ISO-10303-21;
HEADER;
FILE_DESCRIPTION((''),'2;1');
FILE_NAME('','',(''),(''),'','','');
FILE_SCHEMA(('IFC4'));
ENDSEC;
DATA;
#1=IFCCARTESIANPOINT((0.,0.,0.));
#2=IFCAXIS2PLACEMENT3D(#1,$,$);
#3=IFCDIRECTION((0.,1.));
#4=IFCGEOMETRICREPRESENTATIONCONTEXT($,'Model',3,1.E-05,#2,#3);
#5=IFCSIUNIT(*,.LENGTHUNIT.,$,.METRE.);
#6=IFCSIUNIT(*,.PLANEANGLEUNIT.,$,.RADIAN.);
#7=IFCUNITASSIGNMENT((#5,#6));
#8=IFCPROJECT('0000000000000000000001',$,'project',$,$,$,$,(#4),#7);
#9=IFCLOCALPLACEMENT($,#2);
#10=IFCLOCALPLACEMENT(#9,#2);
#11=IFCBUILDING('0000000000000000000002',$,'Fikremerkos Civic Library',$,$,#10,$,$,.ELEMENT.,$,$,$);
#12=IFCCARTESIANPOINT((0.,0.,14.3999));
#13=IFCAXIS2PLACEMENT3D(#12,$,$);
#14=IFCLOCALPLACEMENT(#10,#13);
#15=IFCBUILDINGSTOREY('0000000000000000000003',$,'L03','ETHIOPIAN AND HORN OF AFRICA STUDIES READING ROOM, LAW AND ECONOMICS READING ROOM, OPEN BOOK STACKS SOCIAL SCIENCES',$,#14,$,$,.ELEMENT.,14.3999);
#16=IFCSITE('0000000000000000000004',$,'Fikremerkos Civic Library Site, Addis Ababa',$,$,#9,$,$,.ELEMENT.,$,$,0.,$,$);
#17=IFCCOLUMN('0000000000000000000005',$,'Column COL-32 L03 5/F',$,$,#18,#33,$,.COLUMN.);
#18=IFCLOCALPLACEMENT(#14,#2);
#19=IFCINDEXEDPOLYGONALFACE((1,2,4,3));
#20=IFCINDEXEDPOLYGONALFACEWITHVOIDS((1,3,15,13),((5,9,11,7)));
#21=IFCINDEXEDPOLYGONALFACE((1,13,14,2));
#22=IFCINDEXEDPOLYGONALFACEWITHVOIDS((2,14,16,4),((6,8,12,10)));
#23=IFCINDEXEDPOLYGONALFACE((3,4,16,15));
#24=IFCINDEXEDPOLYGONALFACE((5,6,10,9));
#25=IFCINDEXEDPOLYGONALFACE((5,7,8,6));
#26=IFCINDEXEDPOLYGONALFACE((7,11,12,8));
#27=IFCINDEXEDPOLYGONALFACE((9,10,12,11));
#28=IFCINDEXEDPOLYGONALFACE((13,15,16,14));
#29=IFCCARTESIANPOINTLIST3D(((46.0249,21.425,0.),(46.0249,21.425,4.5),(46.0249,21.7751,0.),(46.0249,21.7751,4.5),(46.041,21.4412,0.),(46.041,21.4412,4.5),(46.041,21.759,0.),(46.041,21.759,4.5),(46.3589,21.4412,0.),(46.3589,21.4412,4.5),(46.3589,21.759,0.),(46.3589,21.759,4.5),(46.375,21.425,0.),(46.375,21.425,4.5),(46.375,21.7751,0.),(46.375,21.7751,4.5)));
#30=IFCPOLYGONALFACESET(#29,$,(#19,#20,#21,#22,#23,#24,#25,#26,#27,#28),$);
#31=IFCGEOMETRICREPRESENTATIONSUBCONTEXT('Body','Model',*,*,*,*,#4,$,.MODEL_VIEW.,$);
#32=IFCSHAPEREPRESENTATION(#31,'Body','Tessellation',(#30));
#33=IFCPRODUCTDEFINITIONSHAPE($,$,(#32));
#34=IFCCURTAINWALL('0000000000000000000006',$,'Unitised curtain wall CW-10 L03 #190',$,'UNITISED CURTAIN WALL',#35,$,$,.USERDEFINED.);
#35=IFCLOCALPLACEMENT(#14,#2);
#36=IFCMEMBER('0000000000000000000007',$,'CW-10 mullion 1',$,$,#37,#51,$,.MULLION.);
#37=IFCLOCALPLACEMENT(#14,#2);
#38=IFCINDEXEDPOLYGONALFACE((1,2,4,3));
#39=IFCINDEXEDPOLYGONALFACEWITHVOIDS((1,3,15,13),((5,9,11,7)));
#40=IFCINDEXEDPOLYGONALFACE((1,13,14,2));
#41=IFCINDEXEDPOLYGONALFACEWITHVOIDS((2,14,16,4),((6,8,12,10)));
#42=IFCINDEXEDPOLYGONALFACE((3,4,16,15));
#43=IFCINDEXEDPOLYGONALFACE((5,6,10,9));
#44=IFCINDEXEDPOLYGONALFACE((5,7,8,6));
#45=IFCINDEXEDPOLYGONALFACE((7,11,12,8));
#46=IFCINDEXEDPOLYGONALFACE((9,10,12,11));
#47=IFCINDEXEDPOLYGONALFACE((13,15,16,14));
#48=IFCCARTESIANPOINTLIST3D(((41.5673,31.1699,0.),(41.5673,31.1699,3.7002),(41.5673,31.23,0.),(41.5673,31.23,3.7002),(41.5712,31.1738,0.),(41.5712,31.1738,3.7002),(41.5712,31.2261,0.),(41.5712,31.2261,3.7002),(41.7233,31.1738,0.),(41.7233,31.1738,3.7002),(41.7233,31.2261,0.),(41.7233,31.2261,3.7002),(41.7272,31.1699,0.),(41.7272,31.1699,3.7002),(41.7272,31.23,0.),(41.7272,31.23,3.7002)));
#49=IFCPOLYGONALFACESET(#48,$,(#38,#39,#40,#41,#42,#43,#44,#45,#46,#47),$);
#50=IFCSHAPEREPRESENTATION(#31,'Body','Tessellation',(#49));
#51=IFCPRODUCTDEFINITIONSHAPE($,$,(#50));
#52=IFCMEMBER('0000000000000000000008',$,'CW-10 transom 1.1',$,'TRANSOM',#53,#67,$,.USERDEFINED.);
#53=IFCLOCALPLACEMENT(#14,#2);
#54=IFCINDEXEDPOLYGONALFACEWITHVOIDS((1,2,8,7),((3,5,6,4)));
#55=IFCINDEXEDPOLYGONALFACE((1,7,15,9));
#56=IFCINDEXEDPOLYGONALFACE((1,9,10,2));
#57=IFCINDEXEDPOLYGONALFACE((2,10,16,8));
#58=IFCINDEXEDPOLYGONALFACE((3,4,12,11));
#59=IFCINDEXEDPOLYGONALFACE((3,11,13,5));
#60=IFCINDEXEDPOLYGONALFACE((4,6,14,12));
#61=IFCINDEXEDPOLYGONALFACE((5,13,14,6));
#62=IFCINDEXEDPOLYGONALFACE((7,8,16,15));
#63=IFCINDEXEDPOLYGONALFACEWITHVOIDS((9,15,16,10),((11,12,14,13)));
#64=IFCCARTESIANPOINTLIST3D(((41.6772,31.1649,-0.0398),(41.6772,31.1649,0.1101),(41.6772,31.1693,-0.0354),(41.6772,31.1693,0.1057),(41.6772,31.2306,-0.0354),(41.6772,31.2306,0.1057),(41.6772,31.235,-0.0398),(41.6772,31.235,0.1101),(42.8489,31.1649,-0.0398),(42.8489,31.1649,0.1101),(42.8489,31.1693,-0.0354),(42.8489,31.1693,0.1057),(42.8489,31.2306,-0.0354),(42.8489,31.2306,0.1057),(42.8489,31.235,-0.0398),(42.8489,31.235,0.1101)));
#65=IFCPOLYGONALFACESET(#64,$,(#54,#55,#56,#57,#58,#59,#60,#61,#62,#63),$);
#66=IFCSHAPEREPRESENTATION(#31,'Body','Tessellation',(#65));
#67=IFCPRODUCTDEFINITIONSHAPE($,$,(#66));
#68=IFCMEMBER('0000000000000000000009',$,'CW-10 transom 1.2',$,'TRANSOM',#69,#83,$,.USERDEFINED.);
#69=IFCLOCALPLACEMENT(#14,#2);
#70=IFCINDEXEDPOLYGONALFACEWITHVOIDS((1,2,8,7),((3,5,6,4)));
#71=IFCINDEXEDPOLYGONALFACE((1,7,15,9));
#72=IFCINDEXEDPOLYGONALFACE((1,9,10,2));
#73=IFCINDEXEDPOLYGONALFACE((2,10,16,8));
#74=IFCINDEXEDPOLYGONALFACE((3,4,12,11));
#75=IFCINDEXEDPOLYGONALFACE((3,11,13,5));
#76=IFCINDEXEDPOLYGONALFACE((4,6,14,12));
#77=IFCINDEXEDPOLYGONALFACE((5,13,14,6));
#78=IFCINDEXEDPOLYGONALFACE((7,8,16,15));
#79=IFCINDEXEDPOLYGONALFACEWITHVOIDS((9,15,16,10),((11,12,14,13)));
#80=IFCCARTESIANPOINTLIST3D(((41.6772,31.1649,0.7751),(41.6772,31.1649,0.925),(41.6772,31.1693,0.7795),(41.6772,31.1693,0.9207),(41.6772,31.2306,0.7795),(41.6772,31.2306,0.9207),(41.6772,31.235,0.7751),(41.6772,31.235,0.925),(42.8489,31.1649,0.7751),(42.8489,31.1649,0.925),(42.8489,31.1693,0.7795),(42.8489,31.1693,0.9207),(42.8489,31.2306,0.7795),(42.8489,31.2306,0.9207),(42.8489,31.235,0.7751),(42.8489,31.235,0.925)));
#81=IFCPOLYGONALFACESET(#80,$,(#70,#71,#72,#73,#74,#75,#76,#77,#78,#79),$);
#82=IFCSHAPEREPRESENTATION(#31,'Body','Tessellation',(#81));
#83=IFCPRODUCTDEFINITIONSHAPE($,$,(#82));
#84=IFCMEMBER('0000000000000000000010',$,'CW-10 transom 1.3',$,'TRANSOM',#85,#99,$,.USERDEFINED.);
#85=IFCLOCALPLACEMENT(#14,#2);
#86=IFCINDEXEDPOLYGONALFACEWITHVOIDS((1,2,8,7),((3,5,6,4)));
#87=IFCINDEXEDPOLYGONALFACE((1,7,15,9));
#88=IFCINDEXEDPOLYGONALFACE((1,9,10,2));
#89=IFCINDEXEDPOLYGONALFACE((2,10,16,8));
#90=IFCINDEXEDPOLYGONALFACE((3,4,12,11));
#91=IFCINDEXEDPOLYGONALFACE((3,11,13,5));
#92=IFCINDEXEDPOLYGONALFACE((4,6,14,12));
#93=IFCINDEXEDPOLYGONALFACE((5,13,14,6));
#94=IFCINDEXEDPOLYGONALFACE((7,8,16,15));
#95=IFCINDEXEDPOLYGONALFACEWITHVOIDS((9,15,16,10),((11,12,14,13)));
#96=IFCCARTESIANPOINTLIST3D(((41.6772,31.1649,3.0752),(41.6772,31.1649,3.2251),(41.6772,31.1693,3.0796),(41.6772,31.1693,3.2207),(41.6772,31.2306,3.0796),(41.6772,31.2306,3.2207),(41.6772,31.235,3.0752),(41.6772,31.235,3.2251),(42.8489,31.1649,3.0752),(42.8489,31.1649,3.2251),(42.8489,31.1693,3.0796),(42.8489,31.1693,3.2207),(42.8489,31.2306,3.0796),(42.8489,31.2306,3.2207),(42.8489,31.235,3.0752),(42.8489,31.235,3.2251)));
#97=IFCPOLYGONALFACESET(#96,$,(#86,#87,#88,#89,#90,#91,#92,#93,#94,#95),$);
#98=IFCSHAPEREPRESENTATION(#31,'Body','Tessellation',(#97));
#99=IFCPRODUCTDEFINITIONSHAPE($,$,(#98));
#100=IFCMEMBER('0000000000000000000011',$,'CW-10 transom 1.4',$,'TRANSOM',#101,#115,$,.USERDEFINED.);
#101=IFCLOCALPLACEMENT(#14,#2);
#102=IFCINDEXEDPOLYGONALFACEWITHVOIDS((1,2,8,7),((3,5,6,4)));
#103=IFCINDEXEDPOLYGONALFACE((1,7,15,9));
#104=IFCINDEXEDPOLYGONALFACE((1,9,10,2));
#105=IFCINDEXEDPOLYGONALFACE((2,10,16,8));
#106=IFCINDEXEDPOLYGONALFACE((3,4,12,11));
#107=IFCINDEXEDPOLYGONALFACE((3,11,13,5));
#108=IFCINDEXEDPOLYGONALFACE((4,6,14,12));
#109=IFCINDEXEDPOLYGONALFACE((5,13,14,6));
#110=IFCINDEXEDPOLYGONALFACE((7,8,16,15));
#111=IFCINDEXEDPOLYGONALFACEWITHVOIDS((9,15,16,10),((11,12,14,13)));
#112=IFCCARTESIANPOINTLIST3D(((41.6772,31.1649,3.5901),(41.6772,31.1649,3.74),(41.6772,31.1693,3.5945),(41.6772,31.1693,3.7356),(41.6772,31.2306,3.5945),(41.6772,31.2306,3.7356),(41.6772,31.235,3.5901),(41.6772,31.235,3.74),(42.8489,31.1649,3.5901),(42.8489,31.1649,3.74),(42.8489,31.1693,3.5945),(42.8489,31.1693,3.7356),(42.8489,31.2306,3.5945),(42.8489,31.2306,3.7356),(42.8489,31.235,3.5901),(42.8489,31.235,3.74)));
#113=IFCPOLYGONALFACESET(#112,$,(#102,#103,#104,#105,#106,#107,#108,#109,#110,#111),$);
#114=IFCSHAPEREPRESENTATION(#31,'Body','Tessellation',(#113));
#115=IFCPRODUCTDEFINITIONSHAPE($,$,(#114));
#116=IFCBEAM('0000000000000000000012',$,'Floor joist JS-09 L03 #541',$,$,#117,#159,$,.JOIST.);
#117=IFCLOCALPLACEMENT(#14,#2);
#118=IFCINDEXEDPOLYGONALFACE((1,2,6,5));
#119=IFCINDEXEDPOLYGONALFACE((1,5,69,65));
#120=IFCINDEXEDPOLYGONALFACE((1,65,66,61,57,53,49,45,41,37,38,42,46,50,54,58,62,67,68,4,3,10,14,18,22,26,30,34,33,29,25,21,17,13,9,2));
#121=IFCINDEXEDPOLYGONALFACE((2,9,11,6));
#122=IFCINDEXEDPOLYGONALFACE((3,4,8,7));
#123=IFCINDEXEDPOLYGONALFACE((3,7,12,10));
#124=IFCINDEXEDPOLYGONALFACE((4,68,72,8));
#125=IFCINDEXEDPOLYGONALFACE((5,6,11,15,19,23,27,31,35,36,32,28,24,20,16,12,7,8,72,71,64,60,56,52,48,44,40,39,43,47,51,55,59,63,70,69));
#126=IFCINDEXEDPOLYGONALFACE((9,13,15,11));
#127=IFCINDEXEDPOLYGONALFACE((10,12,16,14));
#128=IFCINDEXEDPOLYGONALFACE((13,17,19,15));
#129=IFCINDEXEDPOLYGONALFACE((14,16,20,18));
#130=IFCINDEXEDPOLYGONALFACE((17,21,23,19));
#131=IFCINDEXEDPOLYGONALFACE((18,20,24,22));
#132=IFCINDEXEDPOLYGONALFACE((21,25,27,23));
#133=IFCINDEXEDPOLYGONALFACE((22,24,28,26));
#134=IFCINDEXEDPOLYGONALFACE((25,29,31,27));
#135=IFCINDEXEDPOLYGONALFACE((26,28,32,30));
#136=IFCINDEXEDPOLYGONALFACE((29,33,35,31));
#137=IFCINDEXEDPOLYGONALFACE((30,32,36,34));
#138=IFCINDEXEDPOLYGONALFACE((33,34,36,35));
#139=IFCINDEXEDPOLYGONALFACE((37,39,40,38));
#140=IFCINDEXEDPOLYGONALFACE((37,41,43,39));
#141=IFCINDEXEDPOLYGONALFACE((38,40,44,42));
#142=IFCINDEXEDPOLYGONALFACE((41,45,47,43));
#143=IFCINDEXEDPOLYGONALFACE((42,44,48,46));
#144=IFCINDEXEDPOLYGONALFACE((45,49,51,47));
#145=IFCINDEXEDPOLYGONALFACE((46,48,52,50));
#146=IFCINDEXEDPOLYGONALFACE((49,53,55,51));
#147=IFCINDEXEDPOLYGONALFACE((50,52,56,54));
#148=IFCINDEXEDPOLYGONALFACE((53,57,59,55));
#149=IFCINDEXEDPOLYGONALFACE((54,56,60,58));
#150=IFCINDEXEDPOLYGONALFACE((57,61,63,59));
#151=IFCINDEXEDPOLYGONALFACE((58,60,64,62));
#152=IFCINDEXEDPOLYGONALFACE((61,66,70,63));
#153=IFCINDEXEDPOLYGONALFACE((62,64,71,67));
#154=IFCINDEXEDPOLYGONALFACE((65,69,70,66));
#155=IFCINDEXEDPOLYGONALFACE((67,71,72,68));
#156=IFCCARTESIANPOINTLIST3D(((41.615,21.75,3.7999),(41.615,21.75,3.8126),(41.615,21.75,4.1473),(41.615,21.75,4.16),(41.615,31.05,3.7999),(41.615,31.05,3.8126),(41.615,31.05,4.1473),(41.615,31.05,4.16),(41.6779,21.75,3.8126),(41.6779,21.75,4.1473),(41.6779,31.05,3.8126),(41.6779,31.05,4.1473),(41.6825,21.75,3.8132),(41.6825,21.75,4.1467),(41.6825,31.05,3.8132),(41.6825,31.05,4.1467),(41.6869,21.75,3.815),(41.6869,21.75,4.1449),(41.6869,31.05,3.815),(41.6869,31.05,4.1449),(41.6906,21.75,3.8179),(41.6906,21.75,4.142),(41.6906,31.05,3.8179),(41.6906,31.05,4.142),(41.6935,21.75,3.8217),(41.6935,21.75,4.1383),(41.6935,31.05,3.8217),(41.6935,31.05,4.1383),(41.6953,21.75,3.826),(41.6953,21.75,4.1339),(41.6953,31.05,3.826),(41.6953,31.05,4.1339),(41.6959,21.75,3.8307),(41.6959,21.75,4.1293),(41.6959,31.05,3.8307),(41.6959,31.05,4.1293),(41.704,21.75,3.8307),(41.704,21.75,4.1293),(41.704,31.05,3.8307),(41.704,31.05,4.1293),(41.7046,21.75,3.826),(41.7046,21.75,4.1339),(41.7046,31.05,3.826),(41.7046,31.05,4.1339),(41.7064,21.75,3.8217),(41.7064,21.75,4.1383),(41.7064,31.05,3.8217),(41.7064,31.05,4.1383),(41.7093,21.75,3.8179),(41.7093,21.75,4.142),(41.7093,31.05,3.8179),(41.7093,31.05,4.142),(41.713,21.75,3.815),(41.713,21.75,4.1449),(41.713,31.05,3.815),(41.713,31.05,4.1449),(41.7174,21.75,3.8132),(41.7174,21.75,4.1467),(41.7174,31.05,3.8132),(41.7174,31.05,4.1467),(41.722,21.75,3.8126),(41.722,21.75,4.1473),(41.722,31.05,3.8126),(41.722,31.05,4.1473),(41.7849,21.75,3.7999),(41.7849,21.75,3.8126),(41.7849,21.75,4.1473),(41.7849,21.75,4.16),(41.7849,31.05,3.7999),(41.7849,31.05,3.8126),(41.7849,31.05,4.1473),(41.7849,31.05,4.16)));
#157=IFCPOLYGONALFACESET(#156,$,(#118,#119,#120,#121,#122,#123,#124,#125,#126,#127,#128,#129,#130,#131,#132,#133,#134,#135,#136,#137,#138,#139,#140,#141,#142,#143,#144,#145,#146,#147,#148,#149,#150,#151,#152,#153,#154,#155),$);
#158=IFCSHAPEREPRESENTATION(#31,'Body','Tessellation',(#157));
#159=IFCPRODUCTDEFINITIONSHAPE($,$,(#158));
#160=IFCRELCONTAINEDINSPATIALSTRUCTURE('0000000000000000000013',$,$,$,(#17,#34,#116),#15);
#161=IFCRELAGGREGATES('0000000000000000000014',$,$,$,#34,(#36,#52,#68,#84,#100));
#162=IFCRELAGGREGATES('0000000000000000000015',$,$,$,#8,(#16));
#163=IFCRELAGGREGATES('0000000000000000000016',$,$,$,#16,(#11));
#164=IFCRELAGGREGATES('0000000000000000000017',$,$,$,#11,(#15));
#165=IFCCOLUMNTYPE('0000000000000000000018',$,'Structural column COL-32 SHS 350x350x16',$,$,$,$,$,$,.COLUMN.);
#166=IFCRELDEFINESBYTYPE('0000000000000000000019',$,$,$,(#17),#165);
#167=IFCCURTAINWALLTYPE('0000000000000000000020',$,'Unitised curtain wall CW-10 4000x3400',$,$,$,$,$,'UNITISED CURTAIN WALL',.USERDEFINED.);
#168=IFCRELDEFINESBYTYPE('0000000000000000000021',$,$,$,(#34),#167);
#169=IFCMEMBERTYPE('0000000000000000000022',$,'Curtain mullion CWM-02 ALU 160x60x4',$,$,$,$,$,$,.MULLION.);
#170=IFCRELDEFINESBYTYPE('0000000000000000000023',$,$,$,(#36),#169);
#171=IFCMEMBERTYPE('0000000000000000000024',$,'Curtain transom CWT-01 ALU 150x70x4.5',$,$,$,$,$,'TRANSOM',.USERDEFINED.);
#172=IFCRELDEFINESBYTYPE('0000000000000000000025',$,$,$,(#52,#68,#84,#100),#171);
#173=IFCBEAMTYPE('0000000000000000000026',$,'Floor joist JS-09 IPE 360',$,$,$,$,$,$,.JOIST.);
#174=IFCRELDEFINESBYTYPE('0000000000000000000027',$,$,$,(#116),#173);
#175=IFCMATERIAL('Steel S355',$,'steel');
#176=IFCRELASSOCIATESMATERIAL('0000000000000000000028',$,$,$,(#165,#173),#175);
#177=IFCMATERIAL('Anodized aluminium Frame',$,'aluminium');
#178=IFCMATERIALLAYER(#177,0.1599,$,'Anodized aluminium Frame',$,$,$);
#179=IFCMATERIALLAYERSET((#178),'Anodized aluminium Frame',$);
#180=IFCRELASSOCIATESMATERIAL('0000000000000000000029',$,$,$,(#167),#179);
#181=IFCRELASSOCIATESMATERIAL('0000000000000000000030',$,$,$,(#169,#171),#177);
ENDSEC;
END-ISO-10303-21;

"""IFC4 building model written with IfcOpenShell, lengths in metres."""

from ifc_helpers import new_model, si_unit, direction, frame, origin, origin_2d, place, context, subcontext, project, spatial, hollow_rectangle, i_section, extrude, material, layer, layer_set, material_profile, profile_set, type_object, element, aggregate, save


model = new_model("IFC4")

# Units and contexts
model_context = context("Model", 3, precision=1e-05, world=origin(), true_north=direction((0.0, 1.0)))
body_context = subcontext(model_context, "Body", "Model", "MODEL_VIEW")
ifc_project = project(units=[si_unit("LENGTHUNIT", "METRE"), si_unit("PLANEANGLEUNIT", "RADIAN")], contexts=[model_context])

# Site, building, storey
site_placement = place(None, origin())
site = spatial("IfcSite", under=ifc_project, at=site_placement, Name="Fikremerkos Civic Library Site, Addis Ababa", CompositionType="ELEMENT", RefElevation=0.0)
building_placement = place(site_placement, origin())
building = spatial("IfcBuilding", under=site, at=building_placement, Name="Fikremerkos Civic Library", CompositionType="ELEMENT")
storey_placement = place(building_placement, frame((0.0, 0.0, 14.3999)))
storey = spatial("IfcBuildingStorey", under=building, at=storey_placement, Name="L03", Description="ETHIOPIAN AND HORN OF AFRICA STUDIES READING ROOM, LAW AND ECONOMICS READING ROOM, OPEN BOOK STACKS SOCIAL SCIENCES", CompositionType="ELEMENT", Elevation=14.3999)

# Column
ifc_material_1 = material(Name="Steel S355", Category="steel")
ifc_material_profile_1 = material_profile(ifc_material_1, hollow_rectangle(XDim=0.3501, YDim=0.3501, WallThickness=0.0161, at=origin_2d()), Name="SHS 350x350x16")
ifc_profile_set_1 = profile_set([ifc_material_profile_1], Name="Steel S355")
column_type = type_object("IfcColumnType", Name="Structural column COL-32 SHS 350x350x16", PredefinedType="COLUMN", material=ifc_profile_set_1)
column_placement = place(storey_placement, frame((46.2, 21.6001, 0.0), z_axis=(0.0, 0.0, 1.0), x_axis=(1.0, 0.0, 0.0)))
element("IfcColumn", 1, at=column_placement, inside=storey, type_object=column_type, Name="Column COL-32 L03 5/F", PredefinedType="COLUMN", context=body_context, shape_type="SweptSolid", body=[
    extrude(hollow_rectangle(XDim=0.3501, YDim=0.3501, WallThickness=0.0161, at=origin_2d()), origin(), (0.0, 0.0, 1.0), 4.5),
])

# Curtain wall, members
ifc_material_2 = material(Name="Anodized aluminium Frame", Category="aluminium")
ifc_layer_1 = layer(ifc_material_2, 0.1599, Name="Anodized aluminium Frame")
ifc_layer_set_1 = layer_set([ifc_layer_1], Name="Anodized aluminium Frame")
curtain_wall_type = type_object("IfcCurtainWallType", Name="Unitised curtain wall CW-10 4000x3400", ElementType="UNITISED CURTAIN WALL", PredefinedType="USERDEFINED", material=ifc_layer_set_1)
curtain_wall_placement = place(storey_placement, origin())
curtain_wall = element("IfcCurtainWall", 2, at=curtain_wall_placement, inside=storey, type_object=curtain_wall_type, Name="Unitised curtain wall CW-10 L03 #190", ObjectType="UNITISED CURTAIN WALL", PredefinedType="USERDEFINED")
ifc_material_profile_2 = material_profile(ifc_material_2, hollow_rectangle(XDim=0.0601, YDim=0.1599, WallThickness=0.0039, at=origin_2d()), Name="ALU 160x60x4")
ifc_profile_set_2 = profile_set([ifc_material_profile_2], Name="Anodized aluminium Frame")
member_type_1 = type_object("IfcMemberType", Name="Curtain mullion CWM-02 ALU 160x60x4", PredefinedType="MULLION", material=ifc_profile_set_2)
member_1_placement = place(storey_placement, frame((41.6472, 31.2, 0.0), z_axis=(0.0, 0.0, 1.0), x_axis=(0.0, 1.0, 0.0)))
member_1 = element("IfcMember", 3, at=member_1_placement, type_object=member_type_1, Name="CW-10 mullion 1", PredefinedType="MULLION", context=body_context, shape_type="SweptSolid", body=[
    extrude(hollow_rectangle(XDim=0.0601, YDim=0.1599, WallThickness=0.0039, at=origin_2d()), origin(), (0.0, 0.0, 1.0), 3.7002),
])
ifc_material_profile_3 = material_profile(ifc_material_2, hollow_rectangle(XDim=0.0701, YDim=0.1499, WallThickness=0.0044, at=origin_2d()), Name="ALU 150x70x4.5")
ifc_profile_set_3 = profile_set([ifc_material_profile_3], Name="Anodized aluminium Frame")
member_type_2 = type_object("IfcMemberType", Name="Curtain transom CWT-01 ALU 150x70x4.5", ElementType="TRANSOM", PredefinedType="USERDEFINED", material=ifc_profile_set_3)
member_2_placement = place(storey_placement, frame((41.6772, 31.2, 0.0352), z_axis=(1.0, 0.0, 0.0), x_axis=(0.0, 1.0, 0.0)))
member_2 = element("IfcMember", 4, at=member_2_placement, type_object=member_type_2, Name="CW-10 transom 1.1", ObjectType="TRANSOM", PredefinedType="USERDEFINED", context=body_context, shape_type="SweptSolid", body=[
    extrude(hollow_rectangle(XDim=0.0701, YDim=0.1499, WallThickness=0.0044, at=origin_2d()), origin(), (0.0, 0.0, 1.0), 1.1716),
])
member_3_placement = place(storey_placement, frame((41.6772, 31.2, 0.8501), z_axis=(1.0, 0.0, 0.0), x_axis=(0.0, 1.0, 0.0)))
member_3 = element("IfcMember", 5, at=member_3_placement, type_object=member_type_2, Name="CW-10 transom 1.2", ObjectType="TRANSOM", PredefinedType="USERDEFINED", context=body_context, shape_type="SweptSolid", body=[
    extrude(hollow_rectangle(XDim=0.0701, YDim=0.1499, WallThickness=0.0044, at=origin_2d()), origin(), (0.0, 0.0, 1.0), 1.1716),
])
member_4_placement = place(storey_placement, frame((41.6772, 31.2, 3.1501), z_axis=(1.0, 0.0, 0.0), x_axis=(0.0, 1.0, 0.0)))
member_4 = element("IfcMember", 6, at=member_4_placement, type_object=member_type_2, Name="CW-10 transom 1.3", ObjectType="TRANSOM", PredefinedType="USERDEFINED", context=body_context, shape_type="SweptSolid", body=[
    extrude(hollow_rectangle(XDim=0.0701, YDim=0.1499, WallThickness=0.0044, at=origin_2d()), origin(), (0.0, 0.0, 1.0), 1.1716),
])
member_5_placement = place(storey_placement, frame((41.6772, 31.2, 3.665), z_axis=(1.0, 0.0, 0.0), x_axis=(0.0, 1.0, 0.0)))
member_5 = element("IfcMember", 7, at=member_5_placement, type_object=member_type_2, Name="CW-10 transom 1.4", ObjectType="TRANSOM", PredefinedType="USERDEFINED", context=body_context, shape_type="SweptSolid", body=[
    extrude(hollow_rectangle(XDim=0.0701, YDim=0.1499, WallThickness=0.0044, at=origin_2d()), origin(), (0.0, 0.0, 1.0), 1.1716),
])

# Beam
ifc_material_profile_4 = material_profile(ifc_material_1, i_section(OverallWidth=0.1699, OverallDepth=0.3601, WebThickness=0.0081, FlangeThickness=0.0127, FilletRadius=0.0181, at=origin_2d()), Name="IPE 360")
ifc_profile_set_4 = profile_set([ifc_material_profile_4], Name="Steel S355")
beam_type_1 = type_object("IfcBeamType", Name="Floor joist JS-09 IPE 360", PredefinedType="JOIST", material=ifc_profile_set_4)
beam_1_placement = place(storey_placement, frame((41.7, 21.75, 3.98), z_axis=(0.0, 1.0, 0.0), x_axis=(-1.0, 0.0, 0.0)))
element("IfcBeam", 8, at=beam_1_placement, inside=storey, type_object=beam_type_1, Name="Floor joist JS-09 L03 #541", PredefinedType="JOIST", context=body_context, shape_type="SweptSolid", body=[
    extrude(i_section(OverallWidth=0.1699, OverallDepth=0.3601, WebThickness=0.0081, FlangeThickness=0.0127, FilletRadius=0.0181, at=origin_2d()), origin(), (0.0, 0.0, 1.0), 9.3),
])

aggregate(curtain_wall, [member_1, member_2, member_3, member_4, member_5])

save(model, "model.ifc")
